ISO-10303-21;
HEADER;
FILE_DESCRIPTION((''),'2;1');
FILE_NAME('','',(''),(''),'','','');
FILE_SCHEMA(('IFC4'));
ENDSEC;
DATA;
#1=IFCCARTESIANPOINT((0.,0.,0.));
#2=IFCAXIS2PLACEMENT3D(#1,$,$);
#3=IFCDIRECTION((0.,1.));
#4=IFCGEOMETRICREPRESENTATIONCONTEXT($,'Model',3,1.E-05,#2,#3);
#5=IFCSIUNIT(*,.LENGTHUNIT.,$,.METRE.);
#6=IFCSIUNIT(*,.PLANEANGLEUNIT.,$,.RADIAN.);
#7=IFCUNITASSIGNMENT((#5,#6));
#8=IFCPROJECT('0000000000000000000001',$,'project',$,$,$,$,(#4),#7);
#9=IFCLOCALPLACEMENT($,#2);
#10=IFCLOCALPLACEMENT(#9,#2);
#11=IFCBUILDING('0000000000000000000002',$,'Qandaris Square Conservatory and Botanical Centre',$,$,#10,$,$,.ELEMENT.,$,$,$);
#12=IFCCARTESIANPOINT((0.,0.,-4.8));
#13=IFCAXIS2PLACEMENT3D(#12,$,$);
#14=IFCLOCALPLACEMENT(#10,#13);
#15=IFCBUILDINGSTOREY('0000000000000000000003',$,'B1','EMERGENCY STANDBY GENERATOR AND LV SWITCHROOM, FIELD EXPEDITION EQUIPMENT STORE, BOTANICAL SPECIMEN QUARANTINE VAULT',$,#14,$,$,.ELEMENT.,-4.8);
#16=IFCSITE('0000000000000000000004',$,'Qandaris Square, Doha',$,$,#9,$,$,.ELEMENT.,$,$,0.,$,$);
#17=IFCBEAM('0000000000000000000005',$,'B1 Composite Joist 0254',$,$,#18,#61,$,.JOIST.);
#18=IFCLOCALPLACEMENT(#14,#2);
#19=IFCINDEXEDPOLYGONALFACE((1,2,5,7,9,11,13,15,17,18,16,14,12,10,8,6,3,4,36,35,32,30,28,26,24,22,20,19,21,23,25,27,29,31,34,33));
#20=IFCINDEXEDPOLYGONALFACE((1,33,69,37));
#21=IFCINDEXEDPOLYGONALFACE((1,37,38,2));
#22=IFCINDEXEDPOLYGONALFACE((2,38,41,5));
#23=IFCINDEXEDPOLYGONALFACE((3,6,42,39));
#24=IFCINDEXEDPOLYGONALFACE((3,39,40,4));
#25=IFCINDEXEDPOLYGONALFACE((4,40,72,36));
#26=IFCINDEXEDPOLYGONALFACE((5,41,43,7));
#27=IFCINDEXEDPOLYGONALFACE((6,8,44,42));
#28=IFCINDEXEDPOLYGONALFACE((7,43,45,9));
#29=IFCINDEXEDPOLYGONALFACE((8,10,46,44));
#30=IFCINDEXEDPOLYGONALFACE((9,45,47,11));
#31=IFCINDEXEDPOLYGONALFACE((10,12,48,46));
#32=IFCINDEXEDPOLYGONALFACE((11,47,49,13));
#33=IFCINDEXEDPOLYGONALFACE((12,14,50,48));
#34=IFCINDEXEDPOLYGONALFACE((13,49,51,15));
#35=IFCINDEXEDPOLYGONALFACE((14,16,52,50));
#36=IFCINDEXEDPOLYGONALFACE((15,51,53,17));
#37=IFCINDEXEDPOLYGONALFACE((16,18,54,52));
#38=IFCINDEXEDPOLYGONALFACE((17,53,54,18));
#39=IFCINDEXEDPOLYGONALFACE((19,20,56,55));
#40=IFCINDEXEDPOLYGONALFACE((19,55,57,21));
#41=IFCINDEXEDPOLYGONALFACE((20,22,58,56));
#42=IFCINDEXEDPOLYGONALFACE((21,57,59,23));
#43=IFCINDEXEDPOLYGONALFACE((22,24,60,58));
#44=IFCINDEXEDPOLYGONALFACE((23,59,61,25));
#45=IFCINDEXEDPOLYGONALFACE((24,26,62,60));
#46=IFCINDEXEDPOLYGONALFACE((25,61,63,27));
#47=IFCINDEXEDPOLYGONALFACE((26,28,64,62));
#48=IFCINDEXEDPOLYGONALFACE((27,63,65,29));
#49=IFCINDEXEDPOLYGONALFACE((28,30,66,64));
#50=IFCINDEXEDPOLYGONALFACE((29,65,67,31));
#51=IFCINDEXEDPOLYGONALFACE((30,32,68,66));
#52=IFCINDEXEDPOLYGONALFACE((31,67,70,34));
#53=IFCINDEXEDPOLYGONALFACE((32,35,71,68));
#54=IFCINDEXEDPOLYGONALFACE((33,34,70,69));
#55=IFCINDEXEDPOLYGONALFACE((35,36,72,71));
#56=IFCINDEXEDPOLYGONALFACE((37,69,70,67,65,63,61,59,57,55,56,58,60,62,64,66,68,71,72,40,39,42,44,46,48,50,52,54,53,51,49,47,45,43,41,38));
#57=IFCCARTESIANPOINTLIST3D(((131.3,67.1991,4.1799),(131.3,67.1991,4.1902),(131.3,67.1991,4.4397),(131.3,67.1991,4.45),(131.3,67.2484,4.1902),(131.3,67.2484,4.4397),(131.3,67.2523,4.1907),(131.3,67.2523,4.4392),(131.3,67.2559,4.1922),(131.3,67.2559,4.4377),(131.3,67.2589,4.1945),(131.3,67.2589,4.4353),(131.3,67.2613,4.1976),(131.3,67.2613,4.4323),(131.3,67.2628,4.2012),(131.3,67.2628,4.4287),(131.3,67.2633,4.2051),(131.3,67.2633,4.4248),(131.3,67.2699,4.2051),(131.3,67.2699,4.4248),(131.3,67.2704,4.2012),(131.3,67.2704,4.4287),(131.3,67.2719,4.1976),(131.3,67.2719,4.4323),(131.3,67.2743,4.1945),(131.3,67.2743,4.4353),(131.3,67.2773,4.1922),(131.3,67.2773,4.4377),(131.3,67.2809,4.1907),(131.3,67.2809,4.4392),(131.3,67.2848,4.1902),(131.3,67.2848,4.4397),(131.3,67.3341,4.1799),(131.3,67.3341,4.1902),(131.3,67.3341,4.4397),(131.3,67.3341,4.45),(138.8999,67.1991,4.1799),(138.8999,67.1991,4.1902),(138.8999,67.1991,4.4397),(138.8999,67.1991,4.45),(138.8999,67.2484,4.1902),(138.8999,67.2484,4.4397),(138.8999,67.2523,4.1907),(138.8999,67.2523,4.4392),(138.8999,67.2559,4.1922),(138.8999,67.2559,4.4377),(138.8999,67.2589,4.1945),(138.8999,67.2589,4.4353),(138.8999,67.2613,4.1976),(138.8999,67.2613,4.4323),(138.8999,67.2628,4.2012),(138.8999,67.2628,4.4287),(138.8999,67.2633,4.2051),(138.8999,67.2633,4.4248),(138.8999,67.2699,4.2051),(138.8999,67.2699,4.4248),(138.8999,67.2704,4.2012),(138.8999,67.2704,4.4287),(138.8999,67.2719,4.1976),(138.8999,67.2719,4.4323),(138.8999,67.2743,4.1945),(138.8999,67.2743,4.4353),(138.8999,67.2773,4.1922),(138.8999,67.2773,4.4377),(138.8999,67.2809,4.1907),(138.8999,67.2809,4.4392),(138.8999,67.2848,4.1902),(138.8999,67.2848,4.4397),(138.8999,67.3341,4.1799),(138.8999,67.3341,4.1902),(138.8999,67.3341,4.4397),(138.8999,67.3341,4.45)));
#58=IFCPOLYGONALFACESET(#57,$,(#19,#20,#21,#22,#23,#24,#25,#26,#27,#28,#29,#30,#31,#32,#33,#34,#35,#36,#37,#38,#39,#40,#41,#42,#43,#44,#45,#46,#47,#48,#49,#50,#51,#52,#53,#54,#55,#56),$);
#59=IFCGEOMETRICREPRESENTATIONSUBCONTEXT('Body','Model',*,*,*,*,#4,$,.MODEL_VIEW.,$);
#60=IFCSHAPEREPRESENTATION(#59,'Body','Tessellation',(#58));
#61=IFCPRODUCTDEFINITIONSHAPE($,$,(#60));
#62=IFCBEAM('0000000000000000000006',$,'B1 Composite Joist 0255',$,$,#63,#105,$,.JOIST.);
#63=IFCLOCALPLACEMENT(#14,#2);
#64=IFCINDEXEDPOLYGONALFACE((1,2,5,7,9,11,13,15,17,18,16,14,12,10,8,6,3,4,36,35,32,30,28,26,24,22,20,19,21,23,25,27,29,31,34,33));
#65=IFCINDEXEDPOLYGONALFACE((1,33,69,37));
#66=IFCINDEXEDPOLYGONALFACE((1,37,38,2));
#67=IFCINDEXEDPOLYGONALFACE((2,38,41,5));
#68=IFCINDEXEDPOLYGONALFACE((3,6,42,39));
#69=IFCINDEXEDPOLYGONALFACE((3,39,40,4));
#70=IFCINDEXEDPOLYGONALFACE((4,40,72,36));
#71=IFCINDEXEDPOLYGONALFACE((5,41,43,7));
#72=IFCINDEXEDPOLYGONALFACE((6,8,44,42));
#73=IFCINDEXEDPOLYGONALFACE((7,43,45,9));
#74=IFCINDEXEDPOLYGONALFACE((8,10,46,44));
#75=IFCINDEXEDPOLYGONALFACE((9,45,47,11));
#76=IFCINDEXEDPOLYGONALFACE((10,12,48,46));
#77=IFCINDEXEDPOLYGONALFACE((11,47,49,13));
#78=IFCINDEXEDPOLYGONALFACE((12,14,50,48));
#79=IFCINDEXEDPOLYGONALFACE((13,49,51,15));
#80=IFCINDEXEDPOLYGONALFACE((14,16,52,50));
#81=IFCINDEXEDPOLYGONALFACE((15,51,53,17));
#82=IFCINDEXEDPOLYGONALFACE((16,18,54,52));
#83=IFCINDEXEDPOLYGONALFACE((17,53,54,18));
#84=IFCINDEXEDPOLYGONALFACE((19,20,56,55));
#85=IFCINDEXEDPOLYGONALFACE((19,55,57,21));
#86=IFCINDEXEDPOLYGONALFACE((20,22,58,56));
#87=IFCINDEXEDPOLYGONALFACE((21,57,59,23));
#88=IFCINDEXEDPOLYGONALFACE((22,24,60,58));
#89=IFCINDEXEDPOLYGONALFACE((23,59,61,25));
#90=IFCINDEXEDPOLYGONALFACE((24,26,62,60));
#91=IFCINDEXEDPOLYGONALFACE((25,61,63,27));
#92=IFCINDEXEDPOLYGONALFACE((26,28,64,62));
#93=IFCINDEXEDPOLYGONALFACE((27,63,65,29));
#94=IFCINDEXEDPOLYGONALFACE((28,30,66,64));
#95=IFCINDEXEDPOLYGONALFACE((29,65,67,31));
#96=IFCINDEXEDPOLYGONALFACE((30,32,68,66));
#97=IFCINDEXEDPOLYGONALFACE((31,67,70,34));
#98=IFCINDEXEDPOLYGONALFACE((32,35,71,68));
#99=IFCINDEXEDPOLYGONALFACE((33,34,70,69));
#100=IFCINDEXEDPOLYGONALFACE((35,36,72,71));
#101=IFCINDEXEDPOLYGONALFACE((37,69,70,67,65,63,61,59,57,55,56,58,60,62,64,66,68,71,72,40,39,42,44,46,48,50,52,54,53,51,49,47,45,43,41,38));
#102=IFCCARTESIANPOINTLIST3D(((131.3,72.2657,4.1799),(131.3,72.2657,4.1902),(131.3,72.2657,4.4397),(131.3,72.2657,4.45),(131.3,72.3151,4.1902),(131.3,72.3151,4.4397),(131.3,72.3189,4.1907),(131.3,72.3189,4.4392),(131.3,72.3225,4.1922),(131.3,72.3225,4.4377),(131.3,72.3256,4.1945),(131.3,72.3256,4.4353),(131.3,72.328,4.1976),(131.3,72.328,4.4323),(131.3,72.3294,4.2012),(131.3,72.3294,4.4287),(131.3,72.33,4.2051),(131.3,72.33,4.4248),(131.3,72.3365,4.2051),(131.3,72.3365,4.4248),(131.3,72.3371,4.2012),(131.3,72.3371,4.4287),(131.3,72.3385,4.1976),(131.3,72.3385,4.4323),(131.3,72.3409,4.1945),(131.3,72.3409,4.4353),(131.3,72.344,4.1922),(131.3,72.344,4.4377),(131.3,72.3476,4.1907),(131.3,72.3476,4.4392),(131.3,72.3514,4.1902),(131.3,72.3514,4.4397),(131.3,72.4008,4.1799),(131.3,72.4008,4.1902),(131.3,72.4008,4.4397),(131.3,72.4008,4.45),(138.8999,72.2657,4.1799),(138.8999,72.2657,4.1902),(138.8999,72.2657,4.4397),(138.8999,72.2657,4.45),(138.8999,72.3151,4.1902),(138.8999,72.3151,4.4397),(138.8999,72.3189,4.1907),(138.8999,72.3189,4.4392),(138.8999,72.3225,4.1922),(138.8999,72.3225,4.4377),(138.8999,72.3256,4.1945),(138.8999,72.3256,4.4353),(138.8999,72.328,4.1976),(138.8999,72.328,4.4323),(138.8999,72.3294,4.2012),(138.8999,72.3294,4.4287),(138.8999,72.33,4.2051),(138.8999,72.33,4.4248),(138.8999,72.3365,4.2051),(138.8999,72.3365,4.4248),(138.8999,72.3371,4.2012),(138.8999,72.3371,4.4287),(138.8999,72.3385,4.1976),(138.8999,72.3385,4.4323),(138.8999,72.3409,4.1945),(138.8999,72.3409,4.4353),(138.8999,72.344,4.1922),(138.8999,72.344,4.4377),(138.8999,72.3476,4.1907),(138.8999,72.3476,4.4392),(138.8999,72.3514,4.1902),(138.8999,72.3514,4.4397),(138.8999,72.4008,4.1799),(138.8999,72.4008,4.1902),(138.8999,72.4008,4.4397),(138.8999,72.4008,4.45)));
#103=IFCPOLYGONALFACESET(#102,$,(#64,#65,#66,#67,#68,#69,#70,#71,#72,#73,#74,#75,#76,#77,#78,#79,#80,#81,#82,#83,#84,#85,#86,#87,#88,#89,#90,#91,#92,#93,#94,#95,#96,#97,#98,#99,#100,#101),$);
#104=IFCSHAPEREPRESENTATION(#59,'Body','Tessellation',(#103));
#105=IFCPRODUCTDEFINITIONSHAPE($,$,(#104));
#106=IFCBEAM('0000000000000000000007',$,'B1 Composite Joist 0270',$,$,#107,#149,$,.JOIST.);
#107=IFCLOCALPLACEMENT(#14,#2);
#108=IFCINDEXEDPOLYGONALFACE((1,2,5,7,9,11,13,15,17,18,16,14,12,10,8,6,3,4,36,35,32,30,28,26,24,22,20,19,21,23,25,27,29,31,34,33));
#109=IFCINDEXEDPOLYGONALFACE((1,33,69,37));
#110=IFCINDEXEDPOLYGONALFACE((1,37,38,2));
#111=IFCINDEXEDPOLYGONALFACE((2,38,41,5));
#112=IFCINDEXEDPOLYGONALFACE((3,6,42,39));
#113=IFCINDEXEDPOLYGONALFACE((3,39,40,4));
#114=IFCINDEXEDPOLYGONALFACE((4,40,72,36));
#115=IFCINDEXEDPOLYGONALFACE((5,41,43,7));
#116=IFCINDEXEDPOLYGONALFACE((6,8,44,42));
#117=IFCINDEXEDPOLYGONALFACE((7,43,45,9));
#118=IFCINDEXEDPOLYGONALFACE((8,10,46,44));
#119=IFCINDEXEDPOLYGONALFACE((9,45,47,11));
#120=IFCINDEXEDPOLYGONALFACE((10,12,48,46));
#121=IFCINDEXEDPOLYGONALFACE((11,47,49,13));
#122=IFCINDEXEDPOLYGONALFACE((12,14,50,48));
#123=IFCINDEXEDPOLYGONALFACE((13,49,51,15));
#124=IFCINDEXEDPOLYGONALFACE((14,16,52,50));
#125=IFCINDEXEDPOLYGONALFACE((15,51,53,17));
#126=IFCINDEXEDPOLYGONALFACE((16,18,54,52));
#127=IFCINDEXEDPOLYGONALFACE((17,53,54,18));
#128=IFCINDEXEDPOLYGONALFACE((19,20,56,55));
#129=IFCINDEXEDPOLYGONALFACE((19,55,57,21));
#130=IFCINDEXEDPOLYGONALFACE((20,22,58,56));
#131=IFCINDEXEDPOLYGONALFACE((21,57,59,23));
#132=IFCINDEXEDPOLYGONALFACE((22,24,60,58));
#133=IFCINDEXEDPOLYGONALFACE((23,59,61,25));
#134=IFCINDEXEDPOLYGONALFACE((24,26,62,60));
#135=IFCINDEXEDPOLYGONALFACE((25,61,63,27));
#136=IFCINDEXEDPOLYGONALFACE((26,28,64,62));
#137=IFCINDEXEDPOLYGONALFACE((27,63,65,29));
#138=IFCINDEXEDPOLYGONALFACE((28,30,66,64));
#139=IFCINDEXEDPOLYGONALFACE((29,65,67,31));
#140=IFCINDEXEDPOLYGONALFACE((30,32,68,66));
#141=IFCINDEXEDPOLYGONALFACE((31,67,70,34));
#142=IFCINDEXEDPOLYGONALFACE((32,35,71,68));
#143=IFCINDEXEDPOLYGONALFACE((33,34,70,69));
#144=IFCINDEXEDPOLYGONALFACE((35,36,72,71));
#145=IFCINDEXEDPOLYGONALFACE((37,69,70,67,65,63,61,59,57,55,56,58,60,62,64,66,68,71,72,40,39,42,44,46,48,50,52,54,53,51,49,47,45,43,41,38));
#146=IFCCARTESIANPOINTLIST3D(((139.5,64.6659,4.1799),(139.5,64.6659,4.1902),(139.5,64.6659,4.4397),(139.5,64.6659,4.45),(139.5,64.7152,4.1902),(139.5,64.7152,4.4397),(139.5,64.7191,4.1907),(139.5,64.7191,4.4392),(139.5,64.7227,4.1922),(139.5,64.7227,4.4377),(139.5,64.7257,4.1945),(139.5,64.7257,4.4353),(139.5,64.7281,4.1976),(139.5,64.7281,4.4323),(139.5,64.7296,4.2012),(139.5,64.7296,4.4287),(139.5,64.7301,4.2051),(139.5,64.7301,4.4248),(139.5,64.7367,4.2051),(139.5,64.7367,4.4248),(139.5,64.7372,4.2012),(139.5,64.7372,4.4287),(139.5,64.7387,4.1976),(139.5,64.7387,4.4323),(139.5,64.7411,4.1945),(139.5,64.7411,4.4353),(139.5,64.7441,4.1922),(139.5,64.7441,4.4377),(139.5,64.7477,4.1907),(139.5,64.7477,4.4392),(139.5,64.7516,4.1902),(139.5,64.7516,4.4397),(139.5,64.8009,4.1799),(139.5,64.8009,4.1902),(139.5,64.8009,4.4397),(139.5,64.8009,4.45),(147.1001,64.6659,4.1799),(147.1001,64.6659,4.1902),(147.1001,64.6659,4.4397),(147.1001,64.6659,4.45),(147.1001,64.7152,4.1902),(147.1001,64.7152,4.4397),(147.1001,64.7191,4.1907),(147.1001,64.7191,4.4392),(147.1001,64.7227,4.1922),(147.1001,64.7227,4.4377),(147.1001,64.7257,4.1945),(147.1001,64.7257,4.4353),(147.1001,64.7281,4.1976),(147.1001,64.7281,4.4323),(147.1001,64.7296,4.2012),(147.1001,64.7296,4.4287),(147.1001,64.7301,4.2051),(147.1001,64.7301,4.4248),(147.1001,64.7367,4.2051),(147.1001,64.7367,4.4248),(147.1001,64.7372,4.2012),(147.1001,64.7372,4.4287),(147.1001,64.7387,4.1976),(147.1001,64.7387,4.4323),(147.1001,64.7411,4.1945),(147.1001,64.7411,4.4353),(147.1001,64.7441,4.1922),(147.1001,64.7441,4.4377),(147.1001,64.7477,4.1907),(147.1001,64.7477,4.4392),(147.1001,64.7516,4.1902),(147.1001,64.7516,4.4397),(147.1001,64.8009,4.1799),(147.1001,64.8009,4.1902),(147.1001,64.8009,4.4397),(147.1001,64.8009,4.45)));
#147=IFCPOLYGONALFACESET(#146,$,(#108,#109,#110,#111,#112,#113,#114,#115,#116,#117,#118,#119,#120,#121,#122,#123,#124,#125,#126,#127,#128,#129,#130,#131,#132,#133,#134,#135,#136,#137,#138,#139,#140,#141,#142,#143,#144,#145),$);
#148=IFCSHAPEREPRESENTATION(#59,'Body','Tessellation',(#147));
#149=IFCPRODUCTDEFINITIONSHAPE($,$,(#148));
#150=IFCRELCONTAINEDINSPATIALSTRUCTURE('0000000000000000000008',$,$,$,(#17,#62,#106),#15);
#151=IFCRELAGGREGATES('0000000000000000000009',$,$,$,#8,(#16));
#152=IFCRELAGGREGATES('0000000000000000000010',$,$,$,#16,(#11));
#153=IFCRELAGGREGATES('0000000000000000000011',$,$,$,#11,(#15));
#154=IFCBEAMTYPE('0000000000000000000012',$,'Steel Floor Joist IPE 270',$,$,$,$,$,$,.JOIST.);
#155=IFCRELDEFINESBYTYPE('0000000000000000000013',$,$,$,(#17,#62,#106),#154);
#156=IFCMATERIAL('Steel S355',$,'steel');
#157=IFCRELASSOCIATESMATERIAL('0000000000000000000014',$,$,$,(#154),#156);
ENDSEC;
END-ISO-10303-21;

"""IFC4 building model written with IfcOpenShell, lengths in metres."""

from ifc_helpers import new_model, si_unit, direction, frame, origin, origin_2d, place, context, subcontext, project, spatial, i_section, extrude, material, material_profile, profile_set, type_object, element, save


model = new_model("IFC4")

# Units and contexts
model_context = context("Model", 3, precision=1e-05, world=origin(), true_north=direction((0.0, 1.0)))
body_context = subcontext(model_context, "Body", "Model", "MODEL_VIEW")
ifc_project = project(units=[si_unit("LENGTHUNIT", "METRE"), si_unit("PLANEANGLEUNIT", "RADIAN")], contexts=[model_context])

# Site, building, storey
site_placement = place(None, origin())
site = spatial("IfcSite", under=ifc_project, at=site_placement, Name="Qandaris Square, Doha", CompositionType="ELEMENT", RefElevation=0.0)
building_placement = place(site_placement, origin())
building = spatial("IfcBuilding", under=site, at=building_placement, Name="Qandaris Square Conservatory and Botanical Centre", CompositionType="ELEMENT")
storey_placement = place(building_placement, frame((0.0, 0.0, -4.8)))
storey = spatial("IfcBuildingStorey", under=building, at=storey_placement, Name="B1", Description="EMERGENCY STANDBY GENERATOR AND LV SWITCHROOM, FIELD EXPEDITION EQUIPMENT STORE, BOTANICAL SPECIMEN QUARANTINE VAULT", CompositionType="ELEMENT", Elevation=-4.8)

# Beams
ifc_material_1 = material(Name="Steel S355", Category="steel")
ifc_material_profile_1 = material_profile(ifc_material_1, i_section(OverallWidth=0.135, OverallDepth=0.27, WebThickness=0.0066, FlangeThickness=0.0103, FilletRadius=0.0149, at=origin_2d()), Name="IPE 270")
ifc_profile_set_1 = profile_set([ifc_material_profile_1], Name="Steel S355")
beam_type_1 = type_object("IfcBeamType", Name="Steel Floor Joist IPE 270", PredefinedType="JOIST", material=ifc_profile_set_1)
for number, where, z_axis, x_axis, name in (
    (1, (131.3, 67.2666, 4.3149), (1.0, 0.0, 0.0), (0.0, 1.0, 0.0), "B1 Composite Joist 0254"),
    (2, (131.3, 72.3333, 4.3149), (1.0, 0.0, 0.0), (0.0, 1.0, 0.0), "B1 Composite Joist 0255"),
):
    element("IfcBeam", number, at=place(storey_placement, frame(where, z_axis=z_axis, x_axis=x_axis)), inside=storey, type_object=beam_type_1, Name=name, PredefinedType="JOIST", context=body_context, shape_type="SweptSolid", body=[
        extrude(i_section(OverallWidth=0.135, OverallDepth=0.27, WebThickness=0.0066, FlangeThickness=0.0103, FilletRadius=0.0149, at=origin_2d()), origin(), (0.0, 0.0, 1.0), 7.5999),
    ])
beam_1_placement = place(storey_placement, frame((139.5, 64.7334, 4.3149), z_axis=(1.0, 0.0, 0.0), x_axis=(0.0, 1.0, 0.0)))
element("IfcBeam", 3, at=beam_1_placement, inside=storey, type_object=beam_type_1, Name="B1 Composite Joist 0270", PredefinedType="JOIST", context=body_context, shape_type="SweptSolid", body=[
    extrude(i_section(OverallWidth=0.135, OverallDepth=0.27, WebThickness=0.0066, FlangeThickness=0.0103, FilletRadius=0.0149, at=origin_2d()), origin(), (0.0, 0.0, 1.0), 7.6001),
])

save(model, "model.ifc")
